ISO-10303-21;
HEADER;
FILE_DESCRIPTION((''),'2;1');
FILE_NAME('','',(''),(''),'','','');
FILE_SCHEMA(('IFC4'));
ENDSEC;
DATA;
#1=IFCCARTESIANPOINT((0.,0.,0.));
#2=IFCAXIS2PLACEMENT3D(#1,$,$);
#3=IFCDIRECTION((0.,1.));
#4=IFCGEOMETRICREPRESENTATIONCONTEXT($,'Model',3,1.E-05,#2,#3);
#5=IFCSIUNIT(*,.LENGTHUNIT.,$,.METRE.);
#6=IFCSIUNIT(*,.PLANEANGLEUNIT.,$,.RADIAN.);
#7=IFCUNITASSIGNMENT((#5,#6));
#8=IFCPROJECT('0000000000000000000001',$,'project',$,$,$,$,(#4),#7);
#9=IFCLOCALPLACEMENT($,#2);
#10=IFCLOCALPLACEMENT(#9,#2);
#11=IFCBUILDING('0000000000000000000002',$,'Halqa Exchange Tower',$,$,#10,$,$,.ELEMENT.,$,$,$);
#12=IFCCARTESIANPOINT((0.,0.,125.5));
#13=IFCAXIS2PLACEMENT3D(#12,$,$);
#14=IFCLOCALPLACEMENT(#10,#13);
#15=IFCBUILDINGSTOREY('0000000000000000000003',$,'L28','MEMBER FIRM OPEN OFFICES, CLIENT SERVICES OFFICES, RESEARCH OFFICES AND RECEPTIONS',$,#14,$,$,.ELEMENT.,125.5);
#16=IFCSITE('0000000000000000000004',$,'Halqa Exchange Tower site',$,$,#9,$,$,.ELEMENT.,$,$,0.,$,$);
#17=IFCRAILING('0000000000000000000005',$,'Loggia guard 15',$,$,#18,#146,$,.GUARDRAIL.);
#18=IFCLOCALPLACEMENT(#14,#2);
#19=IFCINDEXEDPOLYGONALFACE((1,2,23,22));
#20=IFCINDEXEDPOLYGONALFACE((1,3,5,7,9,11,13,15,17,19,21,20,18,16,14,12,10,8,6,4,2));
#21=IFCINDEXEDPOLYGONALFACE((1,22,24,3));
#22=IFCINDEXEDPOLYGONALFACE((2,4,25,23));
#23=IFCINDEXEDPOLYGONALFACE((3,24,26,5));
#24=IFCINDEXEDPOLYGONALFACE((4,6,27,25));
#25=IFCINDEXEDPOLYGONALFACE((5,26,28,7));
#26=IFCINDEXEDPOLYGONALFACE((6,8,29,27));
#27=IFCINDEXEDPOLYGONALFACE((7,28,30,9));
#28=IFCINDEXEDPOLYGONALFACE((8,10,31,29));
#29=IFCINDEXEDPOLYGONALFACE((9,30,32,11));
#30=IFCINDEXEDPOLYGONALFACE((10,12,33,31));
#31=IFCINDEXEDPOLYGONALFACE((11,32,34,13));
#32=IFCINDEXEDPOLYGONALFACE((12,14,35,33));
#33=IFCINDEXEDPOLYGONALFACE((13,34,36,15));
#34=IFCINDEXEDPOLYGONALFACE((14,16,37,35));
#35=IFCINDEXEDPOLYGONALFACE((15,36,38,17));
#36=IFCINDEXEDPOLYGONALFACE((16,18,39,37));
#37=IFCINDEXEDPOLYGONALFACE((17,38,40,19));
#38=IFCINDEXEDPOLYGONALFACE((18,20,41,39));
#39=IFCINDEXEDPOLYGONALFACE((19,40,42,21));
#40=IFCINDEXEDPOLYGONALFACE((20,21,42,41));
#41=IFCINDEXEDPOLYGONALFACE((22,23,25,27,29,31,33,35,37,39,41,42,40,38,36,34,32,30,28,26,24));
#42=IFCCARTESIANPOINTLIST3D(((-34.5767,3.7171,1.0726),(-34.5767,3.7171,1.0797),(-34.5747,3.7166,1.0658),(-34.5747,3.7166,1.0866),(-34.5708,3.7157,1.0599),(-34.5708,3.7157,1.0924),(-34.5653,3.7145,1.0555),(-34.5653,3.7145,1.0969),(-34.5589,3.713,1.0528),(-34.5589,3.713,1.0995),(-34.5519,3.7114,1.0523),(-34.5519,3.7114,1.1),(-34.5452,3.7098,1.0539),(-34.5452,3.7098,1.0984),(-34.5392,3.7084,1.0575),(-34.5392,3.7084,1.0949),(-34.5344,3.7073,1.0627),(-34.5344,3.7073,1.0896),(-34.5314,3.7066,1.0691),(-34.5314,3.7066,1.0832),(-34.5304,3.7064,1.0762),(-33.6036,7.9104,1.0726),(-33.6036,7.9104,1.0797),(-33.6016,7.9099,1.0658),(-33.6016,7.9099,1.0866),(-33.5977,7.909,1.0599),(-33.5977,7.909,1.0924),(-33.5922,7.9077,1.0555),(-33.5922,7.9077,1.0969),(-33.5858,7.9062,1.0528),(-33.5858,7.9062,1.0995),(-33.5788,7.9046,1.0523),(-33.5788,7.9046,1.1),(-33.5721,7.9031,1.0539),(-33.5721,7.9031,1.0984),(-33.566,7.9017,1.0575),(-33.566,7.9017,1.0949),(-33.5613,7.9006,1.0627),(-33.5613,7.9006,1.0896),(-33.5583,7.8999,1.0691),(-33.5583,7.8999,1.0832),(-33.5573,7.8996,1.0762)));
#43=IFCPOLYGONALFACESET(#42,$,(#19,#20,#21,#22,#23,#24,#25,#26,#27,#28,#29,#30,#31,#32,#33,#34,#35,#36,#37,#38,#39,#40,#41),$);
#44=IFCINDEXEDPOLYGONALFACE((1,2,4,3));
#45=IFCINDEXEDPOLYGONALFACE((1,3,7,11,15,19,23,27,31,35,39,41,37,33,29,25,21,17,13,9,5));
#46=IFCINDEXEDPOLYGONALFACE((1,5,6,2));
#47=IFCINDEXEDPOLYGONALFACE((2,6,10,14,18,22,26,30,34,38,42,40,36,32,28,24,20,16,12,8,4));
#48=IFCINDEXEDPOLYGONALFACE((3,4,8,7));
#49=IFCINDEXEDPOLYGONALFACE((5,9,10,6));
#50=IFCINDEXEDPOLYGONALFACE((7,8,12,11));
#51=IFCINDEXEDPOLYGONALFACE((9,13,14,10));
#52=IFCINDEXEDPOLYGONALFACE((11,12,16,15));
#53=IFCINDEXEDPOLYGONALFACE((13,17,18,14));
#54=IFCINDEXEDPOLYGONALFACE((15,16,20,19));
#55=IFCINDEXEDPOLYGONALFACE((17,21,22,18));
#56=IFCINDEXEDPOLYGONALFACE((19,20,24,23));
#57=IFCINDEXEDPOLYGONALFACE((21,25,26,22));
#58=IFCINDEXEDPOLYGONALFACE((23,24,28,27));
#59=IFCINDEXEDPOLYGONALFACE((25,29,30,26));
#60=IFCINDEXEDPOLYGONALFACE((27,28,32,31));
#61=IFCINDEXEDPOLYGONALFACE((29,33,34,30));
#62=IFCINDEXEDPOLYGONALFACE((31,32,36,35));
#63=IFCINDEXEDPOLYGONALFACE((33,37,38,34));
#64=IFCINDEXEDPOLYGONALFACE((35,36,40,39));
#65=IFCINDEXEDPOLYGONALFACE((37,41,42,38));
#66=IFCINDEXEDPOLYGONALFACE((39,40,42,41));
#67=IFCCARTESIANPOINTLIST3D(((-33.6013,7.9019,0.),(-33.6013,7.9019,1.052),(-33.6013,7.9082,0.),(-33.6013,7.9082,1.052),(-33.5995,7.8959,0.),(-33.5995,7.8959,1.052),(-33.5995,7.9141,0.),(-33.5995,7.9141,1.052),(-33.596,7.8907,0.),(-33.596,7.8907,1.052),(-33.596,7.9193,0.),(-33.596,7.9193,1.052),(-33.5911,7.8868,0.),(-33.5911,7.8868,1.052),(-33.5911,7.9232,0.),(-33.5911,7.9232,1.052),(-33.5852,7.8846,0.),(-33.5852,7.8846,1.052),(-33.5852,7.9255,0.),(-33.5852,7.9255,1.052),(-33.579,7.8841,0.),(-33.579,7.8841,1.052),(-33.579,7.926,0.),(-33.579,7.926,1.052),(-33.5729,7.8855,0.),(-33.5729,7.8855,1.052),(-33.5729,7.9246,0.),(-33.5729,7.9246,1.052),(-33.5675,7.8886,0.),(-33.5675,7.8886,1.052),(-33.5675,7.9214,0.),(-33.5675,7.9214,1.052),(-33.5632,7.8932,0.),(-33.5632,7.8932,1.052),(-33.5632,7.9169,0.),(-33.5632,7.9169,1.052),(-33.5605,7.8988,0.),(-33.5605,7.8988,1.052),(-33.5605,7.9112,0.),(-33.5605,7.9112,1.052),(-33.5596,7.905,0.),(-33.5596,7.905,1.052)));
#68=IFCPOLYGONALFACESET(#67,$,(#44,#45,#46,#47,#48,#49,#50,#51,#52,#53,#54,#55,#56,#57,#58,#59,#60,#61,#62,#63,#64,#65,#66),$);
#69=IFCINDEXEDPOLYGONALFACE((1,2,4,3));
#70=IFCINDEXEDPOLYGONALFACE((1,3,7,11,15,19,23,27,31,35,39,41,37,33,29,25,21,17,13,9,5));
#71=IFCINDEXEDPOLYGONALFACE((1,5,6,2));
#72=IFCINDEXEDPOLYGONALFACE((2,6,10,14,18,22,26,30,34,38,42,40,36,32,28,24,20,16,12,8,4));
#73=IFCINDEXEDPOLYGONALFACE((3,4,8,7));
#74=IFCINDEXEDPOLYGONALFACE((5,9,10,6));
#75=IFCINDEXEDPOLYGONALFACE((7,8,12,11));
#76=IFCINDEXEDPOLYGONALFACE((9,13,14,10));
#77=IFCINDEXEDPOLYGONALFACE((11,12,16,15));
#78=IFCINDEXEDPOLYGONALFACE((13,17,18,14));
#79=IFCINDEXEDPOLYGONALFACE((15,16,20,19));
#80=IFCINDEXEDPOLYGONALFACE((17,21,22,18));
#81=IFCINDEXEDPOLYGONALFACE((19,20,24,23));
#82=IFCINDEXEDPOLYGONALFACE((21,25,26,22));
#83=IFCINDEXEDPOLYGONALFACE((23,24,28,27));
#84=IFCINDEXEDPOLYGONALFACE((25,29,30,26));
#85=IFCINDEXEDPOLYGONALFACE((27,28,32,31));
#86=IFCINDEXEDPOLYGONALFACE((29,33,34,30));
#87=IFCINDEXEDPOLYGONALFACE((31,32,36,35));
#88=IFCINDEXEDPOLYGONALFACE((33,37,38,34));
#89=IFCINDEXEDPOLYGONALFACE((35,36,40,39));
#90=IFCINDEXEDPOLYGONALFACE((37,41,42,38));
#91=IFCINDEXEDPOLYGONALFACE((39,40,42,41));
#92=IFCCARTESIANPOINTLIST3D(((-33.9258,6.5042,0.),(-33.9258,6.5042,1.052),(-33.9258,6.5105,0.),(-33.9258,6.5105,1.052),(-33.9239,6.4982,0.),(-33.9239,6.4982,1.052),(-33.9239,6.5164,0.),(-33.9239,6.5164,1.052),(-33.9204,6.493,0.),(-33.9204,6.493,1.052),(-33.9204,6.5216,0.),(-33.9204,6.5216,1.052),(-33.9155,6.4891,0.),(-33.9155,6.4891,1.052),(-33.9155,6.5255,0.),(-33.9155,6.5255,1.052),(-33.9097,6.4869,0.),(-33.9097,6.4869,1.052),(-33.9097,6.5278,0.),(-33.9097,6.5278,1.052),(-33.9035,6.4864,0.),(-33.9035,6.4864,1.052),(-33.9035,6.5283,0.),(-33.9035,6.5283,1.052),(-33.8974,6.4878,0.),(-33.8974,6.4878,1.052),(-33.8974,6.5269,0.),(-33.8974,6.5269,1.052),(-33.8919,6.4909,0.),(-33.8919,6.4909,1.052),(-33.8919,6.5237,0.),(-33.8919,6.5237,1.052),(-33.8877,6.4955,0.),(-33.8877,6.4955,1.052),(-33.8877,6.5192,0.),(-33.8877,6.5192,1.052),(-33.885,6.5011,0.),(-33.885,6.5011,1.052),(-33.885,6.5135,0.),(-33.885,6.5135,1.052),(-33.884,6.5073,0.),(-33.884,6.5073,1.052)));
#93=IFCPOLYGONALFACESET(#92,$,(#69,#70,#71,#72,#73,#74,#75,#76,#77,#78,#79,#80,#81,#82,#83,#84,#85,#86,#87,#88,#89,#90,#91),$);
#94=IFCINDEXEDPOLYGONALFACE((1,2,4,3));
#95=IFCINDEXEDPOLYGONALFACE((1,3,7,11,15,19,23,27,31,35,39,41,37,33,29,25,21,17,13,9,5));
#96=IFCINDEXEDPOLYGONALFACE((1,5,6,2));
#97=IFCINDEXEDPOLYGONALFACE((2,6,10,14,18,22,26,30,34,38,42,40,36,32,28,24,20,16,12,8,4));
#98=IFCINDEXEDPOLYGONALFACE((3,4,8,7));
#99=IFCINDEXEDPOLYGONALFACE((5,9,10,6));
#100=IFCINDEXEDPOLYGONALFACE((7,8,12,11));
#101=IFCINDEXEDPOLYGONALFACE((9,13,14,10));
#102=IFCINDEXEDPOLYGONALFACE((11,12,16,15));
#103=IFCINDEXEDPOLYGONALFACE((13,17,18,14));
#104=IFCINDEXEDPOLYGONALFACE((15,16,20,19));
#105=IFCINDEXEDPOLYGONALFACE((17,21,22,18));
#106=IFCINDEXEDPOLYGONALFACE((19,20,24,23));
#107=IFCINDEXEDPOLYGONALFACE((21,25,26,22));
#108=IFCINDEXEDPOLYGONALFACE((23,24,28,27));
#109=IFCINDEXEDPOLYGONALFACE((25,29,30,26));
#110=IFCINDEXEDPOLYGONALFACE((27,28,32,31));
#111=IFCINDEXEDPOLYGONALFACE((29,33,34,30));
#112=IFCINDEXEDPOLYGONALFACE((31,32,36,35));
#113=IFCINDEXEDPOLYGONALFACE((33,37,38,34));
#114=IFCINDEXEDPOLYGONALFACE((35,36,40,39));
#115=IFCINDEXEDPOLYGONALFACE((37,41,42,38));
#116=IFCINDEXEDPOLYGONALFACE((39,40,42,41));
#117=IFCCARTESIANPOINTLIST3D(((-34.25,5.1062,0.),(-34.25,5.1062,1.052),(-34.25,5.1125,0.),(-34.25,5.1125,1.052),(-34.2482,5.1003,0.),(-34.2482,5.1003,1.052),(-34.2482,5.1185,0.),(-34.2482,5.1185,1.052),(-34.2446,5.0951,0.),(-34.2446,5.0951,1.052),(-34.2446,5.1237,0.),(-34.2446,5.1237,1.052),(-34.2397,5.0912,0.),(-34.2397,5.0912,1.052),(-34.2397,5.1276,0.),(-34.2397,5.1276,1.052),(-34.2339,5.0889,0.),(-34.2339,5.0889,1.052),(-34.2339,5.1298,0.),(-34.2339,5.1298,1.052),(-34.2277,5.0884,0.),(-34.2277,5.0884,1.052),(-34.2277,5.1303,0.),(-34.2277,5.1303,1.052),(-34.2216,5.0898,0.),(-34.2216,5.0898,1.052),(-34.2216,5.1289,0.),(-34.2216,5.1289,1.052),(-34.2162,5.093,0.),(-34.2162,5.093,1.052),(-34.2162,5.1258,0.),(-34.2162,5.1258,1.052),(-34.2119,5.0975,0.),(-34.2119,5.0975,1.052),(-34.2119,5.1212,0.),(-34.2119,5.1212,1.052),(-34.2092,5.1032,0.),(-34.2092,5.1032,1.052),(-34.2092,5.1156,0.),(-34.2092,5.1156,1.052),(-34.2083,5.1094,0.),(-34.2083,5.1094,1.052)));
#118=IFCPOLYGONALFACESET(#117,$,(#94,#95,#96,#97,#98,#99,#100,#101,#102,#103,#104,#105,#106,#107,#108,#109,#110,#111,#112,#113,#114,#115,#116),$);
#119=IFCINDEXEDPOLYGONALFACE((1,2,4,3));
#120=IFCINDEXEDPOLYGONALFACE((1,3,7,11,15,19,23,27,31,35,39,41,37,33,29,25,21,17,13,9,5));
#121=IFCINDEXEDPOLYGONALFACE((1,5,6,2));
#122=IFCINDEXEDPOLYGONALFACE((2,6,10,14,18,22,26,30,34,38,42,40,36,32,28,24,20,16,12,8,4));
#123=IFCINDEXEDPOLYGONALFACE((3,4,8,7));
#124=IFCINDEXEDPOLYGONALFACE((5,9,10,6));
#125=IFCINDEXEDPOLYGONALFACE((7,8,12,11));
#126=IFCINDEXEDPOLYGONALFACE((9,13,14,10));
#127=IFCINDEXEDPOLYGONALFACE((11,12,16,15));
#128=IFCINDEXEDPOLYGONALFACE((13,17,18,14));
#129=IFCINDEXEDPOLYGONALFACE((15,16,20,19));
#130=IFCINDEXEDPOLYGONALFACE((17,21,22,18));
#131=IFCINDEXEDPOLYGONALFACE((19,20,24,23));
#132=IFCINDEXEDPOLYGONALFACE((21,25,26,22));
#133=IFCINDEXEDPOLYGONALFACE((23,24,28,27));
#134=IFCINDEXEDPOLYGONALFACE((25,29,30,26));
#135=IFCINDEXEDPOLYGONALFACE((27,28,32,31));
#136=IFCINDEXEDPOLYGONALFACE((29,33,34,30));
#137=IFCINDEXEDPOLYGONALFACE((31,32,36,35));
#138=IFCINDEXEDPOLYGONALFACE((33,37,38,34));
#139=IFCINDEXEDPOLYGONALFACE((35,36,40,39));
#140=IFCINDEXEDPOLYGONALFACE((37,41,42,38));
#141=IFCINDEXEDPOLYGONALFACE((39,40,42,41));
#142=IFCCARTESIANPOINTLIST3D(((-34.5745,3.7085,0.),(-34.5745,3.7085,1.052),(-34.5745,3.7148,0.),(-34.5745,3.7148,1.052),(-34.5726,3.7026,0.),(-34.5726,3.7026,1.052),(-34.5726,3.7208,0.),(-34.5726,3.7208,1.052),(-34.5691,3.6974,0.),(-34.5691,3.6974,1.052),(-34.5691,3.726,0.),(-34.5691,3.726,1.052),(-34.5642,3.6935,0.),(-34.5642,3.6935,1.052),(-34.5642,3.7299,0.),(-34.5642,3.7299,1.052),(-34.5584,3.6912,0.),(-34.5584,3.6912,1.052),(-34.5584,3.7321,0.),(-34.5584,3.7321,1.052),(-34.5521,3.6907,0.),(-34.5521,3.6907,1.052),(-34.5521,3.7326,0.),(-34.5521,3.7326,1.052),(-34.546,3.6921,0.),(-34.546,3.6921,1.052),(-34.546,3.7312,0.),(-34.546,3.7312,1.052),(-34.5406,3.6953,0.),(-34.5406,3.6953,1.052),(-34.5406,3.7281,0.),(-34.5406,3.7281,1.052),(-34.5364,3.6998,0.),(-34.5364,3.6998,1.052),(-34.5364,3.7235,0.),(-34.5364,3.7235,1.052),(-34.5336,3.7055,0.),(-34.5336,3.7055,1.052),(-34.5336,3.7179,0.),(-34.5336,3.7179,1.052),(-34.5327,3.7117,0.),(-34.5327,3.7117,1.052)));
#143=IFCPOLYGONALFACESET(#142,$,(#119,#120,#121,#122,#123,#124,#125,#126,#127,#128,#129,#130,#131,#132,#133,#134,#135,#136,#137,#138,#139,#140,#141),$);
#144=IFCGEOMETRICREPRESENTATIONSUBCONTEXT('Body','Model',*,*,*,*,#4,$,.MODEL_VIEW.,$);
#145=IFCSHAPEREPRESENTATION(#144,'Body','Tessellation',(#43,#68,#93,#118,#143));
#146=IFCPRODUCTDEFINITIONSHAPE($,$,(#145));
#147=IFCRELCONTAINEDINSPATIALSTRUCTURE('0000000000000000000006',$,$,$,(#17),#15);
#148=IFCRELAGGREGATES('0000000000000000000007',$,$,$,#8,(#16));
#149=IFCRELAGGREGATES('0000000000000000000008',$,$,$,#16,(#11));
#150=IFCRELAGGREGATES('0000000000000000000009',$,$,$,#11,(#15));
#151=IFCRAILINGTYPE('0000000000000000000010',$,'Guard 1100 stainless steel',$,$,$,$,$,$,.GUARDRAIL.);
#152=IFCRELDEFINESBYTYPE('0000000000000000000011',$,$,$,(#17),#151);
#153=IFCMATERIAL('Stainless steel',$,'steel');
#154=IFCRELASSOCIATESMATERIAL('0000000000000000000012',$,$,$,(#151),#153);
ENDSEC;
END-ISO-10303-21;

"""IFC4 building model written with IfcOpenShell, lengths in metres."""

from ifc_helpers import new_model, si_unit, direction, frame, origin, origin_2d, place, context, subcontext, project, spatial, circle, extrude, material, type_object, element, save


model = new_model("IFC4")

# Units and contexts
model_context = context("Model", 3, precision=1e-05, world=origin(), true_north=direction((0.0, 1.0)))
body_context = subcontext(model_context, "Body", "Model", "MODEL_VIEW")
ifc_project = project(units=[si_unit("LENGTHUNIT", "METRE"), si_unit("PLANEANGLEUNIT", "RADIAN")], contexts=[model_context])

# Site, building, storey
site_placement = place(None, origin())
site = spatial("IfcSite", under=ifc_project, at=site_placement, Name="Halqa Exchange Tower site", CompositionType="ELEMENT", RefElevation=0.0)
building_placement = place(site_placement, origin())
building = spatial("IfcBuilding", under=site, at=building_placement, Name="Halqa Exchange Tower", CompositionType="ELEMENT")
storey_placement = place(building_placement, frame((0.0, 0.0, 125.5)))
storey = spatial("IfcBuildingStorey", under=building, at=storey_placement, Name="L28", Description="MEMBER FIRM OPEN OFFICES, CLIENT SERVICES OFFICES, RESEARCH OFFICES AND RECEPTIONS", CompositionType="ELEMENT", Elevation=125.5)

# Railing
ifc_material_1 = material(Name="Stainless steel", Category="steel")
railing_type = type_object("IfcRailingType", Name="Guard 1100 stainless steel", PredefinedType="GUARDRAIL", material=ifc_material_1)
railing_1_placement = place(storey_placement, frame((-33.5806, 7.905, 0.0)))
element("IfcRailing", 1, at=railing_1_placement, inside=storey, type_object=railing_type, Name="Loggia guard 15", PredefinedType="GUARDRAIL", context=body_context, shape_type="SweptSolid", body=[
    extrude(circle(Radius=0.0239, at=origin_2d()), frame((0.0, 0.0, 1.0762), z_axis=(-0.226061, -0.974113, 0.0), x_axis=(0.974113, -0.226061, 0.0)), (0.0, 0.0, 1.0), 4.3047),
    extrude(circle(Radius=0.021, at=origin_2d()), origin(), (0.0, 0.0, 1.0), 1.052),
    extrude(circle(Radius=0.021, at=origin_2d()), frame((-0.3245, -1.3977, 0.0)), (0.0, 0.0, 1.0), 1.052),
    extrude(circle(Radius=0.021, at=origin_2d()), frame((-0.6487, -2.7957, 0.0)), (0.0, 0.0, 1.0), 1.052),
    extrude(circle(Radius=0.021, at=origin_2d()), frame((-0.9731, -4.1934, 0.0)), (0.0, 0.0, 1.0), 1.052),
])

save(model, "model.ifc")
